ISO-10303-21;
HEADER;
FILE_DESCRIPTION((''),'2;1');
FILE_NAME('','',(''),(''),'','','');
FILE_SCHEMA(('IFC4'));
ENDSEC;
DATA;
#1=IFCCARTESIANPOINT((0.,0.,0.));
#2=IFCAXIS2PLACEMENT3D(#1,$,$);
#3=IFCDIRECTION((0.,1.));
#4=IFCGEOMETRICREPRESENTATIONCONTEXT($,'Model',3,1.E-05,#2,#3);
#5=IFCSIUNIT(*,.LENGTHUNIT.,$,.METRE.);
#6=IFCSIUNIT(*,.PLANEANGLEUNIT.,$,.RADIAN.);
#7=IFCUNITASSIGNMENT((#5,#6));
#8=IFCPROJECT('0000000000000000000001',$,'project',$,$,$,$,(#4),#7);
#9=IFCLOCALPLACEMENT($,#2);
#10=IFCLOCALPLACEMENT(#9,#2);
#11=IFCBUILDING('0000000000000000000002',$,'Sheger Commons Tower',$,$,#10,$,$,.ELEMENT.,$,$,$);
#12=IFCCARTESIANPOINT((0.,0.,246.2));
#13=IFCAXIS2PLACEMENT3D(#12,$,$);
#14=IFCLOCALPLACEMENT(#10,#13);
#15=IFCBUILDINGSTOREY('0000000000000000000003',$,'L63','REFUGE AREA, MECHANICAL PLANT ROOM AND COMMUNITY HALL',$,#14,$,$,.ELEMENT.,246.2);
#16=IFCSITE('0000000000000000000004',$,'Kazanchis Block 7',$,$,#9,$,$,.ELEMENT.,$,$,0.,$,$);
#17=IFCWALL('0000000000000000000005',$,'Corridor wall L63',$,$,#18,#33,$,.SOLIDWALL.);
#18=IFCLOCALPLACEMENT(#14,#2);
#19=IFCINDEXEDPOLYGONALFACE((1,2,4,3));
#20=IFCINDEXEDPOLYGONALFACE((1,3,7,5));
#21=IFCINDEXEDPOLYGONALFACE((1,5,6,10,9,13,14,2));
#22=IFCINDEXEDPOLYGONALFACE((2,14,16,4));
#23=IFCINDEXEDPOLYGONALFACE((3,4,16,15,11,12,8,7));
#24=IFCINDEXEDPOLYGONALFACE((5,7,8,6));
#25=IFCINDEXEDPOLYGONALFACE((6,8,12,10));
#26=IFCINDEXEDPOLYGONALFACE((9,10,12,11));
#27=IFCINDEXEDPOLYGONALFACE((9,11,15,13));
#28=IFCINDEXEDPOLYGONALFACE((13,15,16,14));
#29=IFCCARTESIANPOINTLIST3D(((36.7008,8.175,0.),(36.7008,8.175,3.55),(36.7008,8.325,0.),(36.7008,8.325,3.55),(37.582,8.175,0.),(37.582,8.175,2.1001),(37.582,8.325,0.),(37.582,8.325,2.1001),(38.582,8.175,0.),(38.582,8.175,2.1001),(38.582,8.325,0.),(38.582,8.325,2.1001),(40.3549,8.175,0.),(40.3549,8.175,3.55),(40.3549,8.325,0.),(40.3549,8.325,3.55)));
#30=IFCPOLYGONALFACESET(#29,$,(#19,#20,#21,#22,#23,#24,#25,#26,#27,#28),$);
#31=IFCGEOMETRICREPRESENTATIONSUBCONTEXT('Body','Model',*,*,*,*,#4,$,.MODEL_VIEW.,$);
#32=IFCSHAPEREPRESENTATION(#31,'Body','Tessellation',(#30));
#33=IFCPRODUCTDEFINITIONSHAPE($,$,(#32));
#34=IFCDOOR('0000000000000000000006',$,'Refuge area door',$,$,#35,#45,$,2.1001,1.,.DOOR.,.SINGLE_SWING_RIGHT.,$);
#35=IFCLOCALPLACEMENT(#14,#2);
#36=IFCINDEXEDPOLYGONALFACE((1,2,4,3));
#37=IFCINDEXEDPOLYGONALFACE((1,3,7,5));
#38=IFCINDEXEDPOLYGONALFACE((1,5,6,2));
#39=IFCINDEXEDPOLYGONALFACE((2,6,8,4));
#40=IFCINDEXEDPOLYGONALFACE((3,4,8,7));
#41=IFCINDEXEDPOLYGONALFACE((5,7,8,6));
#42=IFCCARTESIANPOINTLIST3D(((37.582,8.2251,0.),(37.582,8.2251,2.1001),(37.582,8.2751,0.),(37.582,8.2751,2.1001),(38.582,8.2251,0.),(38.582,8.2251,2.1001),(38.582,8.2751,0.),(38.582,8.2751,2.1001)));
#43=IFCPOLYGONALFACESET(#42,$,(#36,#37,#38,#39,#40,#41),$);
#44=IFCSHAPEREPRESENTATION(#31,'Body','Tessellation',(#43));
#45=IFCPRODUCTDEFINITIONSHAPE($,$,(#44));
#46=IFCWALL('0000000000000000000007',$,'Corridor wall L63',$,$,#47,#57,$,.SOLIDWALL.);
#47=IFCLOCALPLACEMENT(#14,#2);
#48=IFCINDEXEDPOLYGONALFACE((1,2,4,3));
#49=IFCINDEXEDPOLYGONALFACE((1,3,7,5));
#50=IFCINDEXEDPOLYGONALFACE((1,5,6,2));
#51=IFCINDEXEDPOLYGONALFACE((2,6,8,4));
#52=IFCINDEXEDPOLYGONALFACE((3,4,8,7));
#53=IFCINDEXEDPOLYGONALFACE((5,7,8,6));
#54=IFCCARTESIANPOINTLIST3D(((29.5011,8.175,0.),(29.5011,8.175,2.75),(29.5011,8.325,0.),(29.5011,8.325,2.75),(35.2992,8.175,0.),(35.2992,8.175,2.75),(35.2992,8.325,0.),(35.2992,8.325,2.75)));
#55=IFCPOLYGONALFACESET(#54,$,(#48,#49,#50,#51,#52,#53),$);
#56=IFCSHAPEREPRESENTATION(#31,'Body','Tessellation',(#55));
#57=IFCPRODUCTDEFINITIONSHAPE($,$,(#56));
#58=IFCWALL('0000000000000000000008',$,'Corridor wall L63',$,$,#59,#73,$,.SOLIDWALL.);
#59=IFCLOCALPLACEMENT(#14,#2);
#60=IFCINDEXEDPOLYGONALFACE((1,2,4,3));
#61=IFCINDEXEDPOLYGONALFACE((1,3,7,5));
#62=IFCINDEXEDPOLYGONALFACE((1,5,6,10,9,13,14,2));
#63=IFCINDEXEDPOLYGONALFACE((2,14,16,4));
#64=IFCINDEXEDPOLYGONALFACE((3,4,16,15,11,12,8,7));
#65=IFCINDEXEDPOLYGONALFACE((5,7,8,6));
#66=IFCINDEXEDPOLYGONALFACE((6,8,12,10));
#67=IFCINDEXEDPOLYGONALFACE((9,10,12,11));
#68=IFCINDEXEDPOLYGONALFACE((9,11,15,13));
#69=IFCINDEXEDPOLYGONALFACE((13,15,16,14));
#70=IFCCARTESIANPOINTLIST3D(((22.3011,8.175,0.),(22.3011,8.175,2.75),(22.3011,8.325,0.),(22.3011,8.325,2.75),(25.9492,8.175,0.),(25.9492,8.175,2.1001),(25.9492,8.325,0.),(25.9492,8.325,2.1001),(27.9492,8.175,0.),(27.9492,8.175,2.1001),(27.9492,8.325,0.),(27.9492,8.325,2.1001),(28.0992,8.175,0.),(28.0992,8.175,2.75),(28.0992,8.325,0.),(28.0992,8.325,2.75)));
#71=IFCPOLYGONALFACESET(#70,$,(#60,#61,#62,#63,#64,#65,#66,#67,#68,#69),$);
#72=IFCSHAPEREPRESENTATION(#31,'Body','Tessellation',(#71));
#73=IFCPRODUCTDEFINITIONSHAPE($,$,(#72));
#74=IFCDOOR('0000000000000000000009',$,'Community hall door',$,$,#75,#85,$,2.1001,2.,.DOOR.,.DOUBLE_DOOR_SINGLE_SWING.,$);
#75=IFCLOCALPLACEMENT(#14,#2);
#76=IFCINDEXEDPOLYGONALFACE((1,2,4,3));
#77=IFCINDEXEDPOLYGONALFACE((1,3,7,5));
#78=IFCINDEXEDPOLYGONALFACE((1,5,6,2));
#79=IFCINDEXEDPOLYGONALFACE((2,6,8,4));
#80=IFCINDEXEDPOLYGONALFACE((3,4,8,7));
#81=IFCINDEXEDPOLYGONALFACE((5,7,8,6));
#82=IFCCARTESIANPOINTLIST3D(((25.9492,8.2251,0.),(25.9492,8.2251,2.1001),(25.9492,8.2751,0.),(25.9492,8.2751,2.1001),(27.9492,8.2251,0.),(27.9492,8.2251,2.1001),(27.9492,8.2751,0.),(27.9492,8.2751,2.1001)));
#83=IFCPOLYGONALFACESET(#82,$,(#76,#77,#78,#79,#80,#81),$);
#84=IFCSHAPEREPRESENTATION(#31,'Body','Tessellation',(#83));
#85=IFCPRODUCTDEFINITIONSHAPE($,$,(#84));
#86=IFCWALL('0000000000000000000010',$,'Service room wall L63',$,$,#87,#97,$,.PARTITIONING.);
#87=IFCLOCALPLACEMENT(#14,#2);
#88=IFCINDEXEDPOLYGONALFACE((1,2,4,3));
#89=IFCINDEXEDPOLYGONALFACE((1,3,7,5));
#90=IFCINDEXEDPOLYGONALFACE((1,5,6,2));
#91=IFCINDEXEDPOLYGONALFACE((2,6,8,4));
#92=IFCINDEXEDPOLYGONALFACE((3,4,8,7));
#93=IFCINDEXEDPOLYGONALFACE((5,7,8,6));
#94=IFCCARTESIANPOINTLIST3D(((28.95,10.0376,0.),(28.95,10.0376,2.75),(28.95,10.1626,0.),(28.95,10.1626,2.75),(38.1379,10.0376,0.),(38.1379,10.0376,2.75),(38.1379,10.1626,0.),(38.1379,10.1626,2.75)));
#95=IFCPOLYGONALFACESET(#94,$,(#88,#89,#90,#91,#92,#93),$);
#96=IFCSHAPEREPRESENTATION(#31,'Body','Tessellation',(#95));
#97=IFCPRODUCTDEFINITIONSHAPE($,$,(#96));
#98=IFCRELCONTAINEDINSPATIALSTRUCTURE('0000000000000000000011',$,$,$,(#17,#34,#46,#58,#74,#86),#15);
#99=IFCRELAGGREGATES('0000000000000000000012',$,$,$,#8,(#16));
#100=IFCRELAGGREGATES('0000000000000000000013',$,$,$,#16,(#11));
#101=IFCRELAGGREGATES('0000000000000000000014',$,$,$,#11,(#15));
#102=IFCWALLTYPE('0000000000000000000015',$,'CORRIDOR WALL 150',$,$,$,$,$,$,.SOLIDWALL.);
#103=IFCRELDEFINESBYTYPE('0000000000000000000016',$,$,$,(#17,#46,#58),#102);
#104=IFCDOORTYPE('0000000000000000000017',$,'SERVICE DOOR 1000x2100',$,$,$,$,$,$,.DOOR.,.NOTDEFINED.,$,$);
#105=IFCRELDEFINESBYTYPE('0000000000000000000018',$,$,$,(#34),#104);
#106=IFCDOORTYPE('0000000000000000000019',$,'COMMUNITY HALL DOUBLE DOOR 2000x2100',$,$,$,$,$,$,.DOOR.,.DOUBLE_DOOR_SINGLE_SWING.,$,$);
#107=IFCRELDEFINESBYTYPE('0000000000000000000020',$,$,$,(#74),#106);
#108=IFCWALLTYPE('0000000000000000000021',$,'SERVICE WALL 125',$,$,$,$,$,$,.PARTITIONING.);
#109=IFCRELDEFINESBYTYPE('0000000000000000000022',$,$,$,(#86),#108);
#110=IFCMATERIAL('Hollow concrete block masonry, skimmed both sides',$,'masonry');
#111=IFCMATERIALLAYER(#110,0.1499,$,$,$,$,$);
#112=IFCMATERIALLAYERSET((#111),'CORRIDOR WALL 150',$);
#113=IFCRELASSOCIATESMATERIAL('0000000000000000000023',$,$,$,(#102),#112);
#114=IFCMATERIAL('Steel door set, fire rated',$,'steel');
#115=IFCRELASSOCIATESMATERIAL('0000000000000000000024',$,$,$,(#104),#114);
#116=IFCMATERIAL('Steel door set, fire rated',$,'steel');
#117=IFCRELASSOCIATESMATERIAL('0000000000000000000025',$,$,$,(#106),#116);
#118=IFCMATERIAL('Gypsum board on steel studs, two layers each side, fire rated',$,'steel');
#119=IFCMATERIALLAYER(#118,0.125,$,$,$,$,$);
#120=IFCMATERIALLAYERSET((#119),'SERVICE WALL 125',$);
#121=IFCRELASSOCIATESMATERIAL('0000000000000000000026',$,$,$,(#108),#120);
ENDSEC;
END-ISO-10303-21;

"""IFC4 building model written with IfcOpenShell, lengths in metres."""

from ifc_helpers import new_model, si_unit, direction, frame, frame_2d, origin, place, context, subcontext, project, spatial, rectangle, extrude, material, layer, layer_set, type_object, element, fill, save


model = new_model("IFC4")

# Units and contexts
model_context = context("Model", 3, precision=1e-05, world=origin(), true_north=direction((0.0, 1.0)))
body_context = subcontext(model_context, "Body", "Model", "MODEL_VIEW")
ifc_project = project(units=[si_unit("LENGTHUNIT", "METRE"), si_unit("PLANEANGLEUNIT", "RADIAN")], contexts=[model_context])

# Site, building, storey
site_placement = place(None, origin())
site = spatial("IfcSite", under=ifc_project, at=site_placement, Name="Kazanchis Block 7", CompositionType="ELEMENT", RefElevation=0.0)
building_placement = place(site_placement, origin())
building = spatial("IfcBuilding", under=site, at=building_placement, Name="Sheger Commons Tower", CompositionType="ELEMENT")
storey_placement = place(building_placement, frame((0.0, 0.0, 246.2)))
storey = spatial("IfcBuildingStorey", under=building, at=storey_placement, Name="L63", Description="REFUGE AREA, MECHANICAL PLANT ROOM AND COMMUNITY HALL", CompositionType="ELEMENT", Elevation=246.2)

# Wall, opening, door
ifc_material_1 = material(Name="Hollow concrete block masonry, skimmed both sides", Category="masonry")
ifc_layer_1 = layer(ifc_material_1, 0.1499)
ifc_layer_set_1 = layer_set([ifc_layer_1], Name="CORRIDOR WALL 150")
wall_type_1 = type_object("IfcWallType", Name="CORRIDOR WALL 150", PredefinedType="SOLIDWALL", material=ifc_layer_set_1)
wall_1_placement = place(storey_placement, frame((40.355, 8.25, 0.0), z_axis=(0.0, 0.0, 1.0), x_axis=(-1.0, 0.0, 0.0)))
wall_1 = element("IfcWall", 1, at=wall_1_placement, inside=storey, type_object=wall_type_1, Name="Corridor wall L63", PredefinedType="SOLIDWALL", context=body_context, shape_type="SweptSolid", body=[
    extrude(rectangle(XDim=3.6541, YDim=0.1499, at=frame_2d((1.8271, 0.0))), origin(), (0.0, 0.0, 1.0), 3.55),
])
opening_1_placement = place(wall_1_placement, frame((1.7729, 0.0, 0.0)))
opening_1 = element("IfcOpeningElement", 2, at=opening_1_placement, cuts=wall_1, PredefinedType="OPENING", context=body_context, shape_type="SweptSolid", body=[
    extrude(rectangle(XDim=1.0, YDim=2.1001, at=frame_2d((0.5, 1.05))), frame((0.0, 0.085, 0.0), z_axis=(0.0, -1.0, 0.0), x_axis=(1.0, 0.0, 0.0)), (0.0, 0.0, 1.0), 0.1699),
])
ifc_material_2 = material(Name="Steel door set, fire rated", Category="steel")
door_type_1 = type_object("IfcDoorType", Name="SERVICE DOOR 1000x2100", OperationType="NOTDEFINED", PredefinedType="DOOR", material=ifc_material_2)
door_1_placement = place(opening_1_placement, origin())
door_1 = element("IfcDoor", 3, at=door_1_placement, inside=storey, type_object=door_type_1, Name="Refuge area door", OperationType="SINGLE_SWING_RIGHT", OverallHeight=2.1001, OverallWidth=1.0, PredefinedType="DOOR", context=body_context, shape_type="SweptSolid", body=[
    extrude(rectangle(XDim=1.0, YDim=2.1001, at=frame_2d((0.5, 1.05))), frame((0.0, 0.0249, 0.0), z_axis=(0.0, -1.0, 0.0), x_axis=(1.0, 0.0, 0.0)), (0.0, 0.0, 1.0), 0.05),
])
fill(opening_1, door_1)

# Wall
wall_2_placement = place(storey_placement, frame((35.2991, 8.25, 0.0), z_axis=(0.0, 0.0, 1.0), x_axis=(-1.0, 0.0, 0.0)))
element("IfcWall", 4, at=wall_2_placement, inside=storey, type_object=wall_type_1, Name="Corridor wall L63", PredefinedType="SOLIDWALL", context=body_context, shape_type="SweptSolid", body=[
    extrude(rectangle(XDim=5.7981, YDim=0.1499, at=frame_2d((2.8989, 0.0))), origin(), (0.0, 0.0, 1.0), 2.75),
])

# Wall, opening, door
wall_3_placement = place(storey_placement, frame((28.0991, 8.25, 0.0), z_axis=(0.0, 0.0, 1.0), x_axis=(-1.0, 0.0, 0.0)))
wall_3 = element("IfcWall", 5, at=wall_3_placement, inside=storey, type_object=wall_type_1, Name="Corridor wall L63", PredefinedType="SOLIDWALL", context=body_context, shape_type="SweptSolid", body=[
    extrude(rectangle(XDim=5.7981, YDim=0.1499, at=frame_2d((2.8989, 0.0))), origin(), (0.0, 0.0, 1.0), 2.75),
])
opening_2_placement = place(wall_3_placement, frame((0.1499, 0.0, 0.0)))
opening_2 = element("IfcOpeningElement", 6, at=opening_2_placement, cuts=wall_3, PredefinedType="OPENING", context=body_context, shape_type="SweptSolid", body=[
    extrude(rectangle(XDim=2.0, YDim=2.1001, at=frame_2d((1.0, 1.05))), frame((0.0, 0.085, 0.0), z_axis=(0.0, -1.0, 0.0), x_axis=(1.0, 0.0, 0.0)), (0.0, 0.0, 1.0), 0.1699),
])
ifc_material_3 = material(Name="Steel door set, fire rated", Category="steel")
door_type_2 = type_object("IfcDoorType", Name="COMMUNITY HALL DOUBLE DOOR 2000x2100", OperationType="DOUBLE_DOOR_SINGLE_SWING", PredefinedType="DOOR", material=ifc_material_3)
door_2_placement = place(opening_2_placement, origin())
door_2 = element("IfcDoor", 7, at=door_2_placement, inside=storey, type_object=door_type_2, Name="Community hall door", OperationType="DOUBLE_DOOR_SINGLE_SWING", OverallHeight=2.1001, OverallWidth=2.0, PredefinedType="DOOR", context=body_context, shape_type="SweptSolid", body=[
    extrude(rectangle(XDim=2.0, YDim=2.1001, at=frame_2d((1.0, 1.05))), frame((0.0, 0.0249, 0.0), z_axis=(0.0, -1.0, 0.0), x_axis=(1.0, 0.0, 0.0)), (0.0, 0.0, 1.0), 0.05),
])
fill(opening_2, door_2)

# Wall
ifc_material_4 = material(Name="Gypsum board on steel studs, two layers each side, fire rated", Category="steel")
ifc_layer_2 = layer(ifc_material_4, 0.125)
ifc_layer_set_2 = layer_set([ifc_layer_2], Name="SERVICE WALL 125")
wall_type_2 = type_object("IfcWallType", Name="SERVICE WALL 125", PredefinedType="PARTITIONING", material=ifc_layer_set_2)
wall_4_placement = place(storey_placement, frame((28.95, 10.1001, 0.0), z_axis=(0.0, 0.0, 1.0), x_axis=(1.0, 0.0, 0.0)))
element("IfcWall", 8, at=wall_4_placement, inside=storey, type_object=wall_type_2, Name="Service room wall L63", PredefinedType="PARTITIONING", context=body_context, shape_type="SweptSolid", body=[
    extrude(rectangle(XDim=9.188, YDim=0.125, at=frame_2d((4.594, 0.0))), origin(), (0.0, 0.0, 1.0), 2.75),
])

save(model, "model.ifc")
